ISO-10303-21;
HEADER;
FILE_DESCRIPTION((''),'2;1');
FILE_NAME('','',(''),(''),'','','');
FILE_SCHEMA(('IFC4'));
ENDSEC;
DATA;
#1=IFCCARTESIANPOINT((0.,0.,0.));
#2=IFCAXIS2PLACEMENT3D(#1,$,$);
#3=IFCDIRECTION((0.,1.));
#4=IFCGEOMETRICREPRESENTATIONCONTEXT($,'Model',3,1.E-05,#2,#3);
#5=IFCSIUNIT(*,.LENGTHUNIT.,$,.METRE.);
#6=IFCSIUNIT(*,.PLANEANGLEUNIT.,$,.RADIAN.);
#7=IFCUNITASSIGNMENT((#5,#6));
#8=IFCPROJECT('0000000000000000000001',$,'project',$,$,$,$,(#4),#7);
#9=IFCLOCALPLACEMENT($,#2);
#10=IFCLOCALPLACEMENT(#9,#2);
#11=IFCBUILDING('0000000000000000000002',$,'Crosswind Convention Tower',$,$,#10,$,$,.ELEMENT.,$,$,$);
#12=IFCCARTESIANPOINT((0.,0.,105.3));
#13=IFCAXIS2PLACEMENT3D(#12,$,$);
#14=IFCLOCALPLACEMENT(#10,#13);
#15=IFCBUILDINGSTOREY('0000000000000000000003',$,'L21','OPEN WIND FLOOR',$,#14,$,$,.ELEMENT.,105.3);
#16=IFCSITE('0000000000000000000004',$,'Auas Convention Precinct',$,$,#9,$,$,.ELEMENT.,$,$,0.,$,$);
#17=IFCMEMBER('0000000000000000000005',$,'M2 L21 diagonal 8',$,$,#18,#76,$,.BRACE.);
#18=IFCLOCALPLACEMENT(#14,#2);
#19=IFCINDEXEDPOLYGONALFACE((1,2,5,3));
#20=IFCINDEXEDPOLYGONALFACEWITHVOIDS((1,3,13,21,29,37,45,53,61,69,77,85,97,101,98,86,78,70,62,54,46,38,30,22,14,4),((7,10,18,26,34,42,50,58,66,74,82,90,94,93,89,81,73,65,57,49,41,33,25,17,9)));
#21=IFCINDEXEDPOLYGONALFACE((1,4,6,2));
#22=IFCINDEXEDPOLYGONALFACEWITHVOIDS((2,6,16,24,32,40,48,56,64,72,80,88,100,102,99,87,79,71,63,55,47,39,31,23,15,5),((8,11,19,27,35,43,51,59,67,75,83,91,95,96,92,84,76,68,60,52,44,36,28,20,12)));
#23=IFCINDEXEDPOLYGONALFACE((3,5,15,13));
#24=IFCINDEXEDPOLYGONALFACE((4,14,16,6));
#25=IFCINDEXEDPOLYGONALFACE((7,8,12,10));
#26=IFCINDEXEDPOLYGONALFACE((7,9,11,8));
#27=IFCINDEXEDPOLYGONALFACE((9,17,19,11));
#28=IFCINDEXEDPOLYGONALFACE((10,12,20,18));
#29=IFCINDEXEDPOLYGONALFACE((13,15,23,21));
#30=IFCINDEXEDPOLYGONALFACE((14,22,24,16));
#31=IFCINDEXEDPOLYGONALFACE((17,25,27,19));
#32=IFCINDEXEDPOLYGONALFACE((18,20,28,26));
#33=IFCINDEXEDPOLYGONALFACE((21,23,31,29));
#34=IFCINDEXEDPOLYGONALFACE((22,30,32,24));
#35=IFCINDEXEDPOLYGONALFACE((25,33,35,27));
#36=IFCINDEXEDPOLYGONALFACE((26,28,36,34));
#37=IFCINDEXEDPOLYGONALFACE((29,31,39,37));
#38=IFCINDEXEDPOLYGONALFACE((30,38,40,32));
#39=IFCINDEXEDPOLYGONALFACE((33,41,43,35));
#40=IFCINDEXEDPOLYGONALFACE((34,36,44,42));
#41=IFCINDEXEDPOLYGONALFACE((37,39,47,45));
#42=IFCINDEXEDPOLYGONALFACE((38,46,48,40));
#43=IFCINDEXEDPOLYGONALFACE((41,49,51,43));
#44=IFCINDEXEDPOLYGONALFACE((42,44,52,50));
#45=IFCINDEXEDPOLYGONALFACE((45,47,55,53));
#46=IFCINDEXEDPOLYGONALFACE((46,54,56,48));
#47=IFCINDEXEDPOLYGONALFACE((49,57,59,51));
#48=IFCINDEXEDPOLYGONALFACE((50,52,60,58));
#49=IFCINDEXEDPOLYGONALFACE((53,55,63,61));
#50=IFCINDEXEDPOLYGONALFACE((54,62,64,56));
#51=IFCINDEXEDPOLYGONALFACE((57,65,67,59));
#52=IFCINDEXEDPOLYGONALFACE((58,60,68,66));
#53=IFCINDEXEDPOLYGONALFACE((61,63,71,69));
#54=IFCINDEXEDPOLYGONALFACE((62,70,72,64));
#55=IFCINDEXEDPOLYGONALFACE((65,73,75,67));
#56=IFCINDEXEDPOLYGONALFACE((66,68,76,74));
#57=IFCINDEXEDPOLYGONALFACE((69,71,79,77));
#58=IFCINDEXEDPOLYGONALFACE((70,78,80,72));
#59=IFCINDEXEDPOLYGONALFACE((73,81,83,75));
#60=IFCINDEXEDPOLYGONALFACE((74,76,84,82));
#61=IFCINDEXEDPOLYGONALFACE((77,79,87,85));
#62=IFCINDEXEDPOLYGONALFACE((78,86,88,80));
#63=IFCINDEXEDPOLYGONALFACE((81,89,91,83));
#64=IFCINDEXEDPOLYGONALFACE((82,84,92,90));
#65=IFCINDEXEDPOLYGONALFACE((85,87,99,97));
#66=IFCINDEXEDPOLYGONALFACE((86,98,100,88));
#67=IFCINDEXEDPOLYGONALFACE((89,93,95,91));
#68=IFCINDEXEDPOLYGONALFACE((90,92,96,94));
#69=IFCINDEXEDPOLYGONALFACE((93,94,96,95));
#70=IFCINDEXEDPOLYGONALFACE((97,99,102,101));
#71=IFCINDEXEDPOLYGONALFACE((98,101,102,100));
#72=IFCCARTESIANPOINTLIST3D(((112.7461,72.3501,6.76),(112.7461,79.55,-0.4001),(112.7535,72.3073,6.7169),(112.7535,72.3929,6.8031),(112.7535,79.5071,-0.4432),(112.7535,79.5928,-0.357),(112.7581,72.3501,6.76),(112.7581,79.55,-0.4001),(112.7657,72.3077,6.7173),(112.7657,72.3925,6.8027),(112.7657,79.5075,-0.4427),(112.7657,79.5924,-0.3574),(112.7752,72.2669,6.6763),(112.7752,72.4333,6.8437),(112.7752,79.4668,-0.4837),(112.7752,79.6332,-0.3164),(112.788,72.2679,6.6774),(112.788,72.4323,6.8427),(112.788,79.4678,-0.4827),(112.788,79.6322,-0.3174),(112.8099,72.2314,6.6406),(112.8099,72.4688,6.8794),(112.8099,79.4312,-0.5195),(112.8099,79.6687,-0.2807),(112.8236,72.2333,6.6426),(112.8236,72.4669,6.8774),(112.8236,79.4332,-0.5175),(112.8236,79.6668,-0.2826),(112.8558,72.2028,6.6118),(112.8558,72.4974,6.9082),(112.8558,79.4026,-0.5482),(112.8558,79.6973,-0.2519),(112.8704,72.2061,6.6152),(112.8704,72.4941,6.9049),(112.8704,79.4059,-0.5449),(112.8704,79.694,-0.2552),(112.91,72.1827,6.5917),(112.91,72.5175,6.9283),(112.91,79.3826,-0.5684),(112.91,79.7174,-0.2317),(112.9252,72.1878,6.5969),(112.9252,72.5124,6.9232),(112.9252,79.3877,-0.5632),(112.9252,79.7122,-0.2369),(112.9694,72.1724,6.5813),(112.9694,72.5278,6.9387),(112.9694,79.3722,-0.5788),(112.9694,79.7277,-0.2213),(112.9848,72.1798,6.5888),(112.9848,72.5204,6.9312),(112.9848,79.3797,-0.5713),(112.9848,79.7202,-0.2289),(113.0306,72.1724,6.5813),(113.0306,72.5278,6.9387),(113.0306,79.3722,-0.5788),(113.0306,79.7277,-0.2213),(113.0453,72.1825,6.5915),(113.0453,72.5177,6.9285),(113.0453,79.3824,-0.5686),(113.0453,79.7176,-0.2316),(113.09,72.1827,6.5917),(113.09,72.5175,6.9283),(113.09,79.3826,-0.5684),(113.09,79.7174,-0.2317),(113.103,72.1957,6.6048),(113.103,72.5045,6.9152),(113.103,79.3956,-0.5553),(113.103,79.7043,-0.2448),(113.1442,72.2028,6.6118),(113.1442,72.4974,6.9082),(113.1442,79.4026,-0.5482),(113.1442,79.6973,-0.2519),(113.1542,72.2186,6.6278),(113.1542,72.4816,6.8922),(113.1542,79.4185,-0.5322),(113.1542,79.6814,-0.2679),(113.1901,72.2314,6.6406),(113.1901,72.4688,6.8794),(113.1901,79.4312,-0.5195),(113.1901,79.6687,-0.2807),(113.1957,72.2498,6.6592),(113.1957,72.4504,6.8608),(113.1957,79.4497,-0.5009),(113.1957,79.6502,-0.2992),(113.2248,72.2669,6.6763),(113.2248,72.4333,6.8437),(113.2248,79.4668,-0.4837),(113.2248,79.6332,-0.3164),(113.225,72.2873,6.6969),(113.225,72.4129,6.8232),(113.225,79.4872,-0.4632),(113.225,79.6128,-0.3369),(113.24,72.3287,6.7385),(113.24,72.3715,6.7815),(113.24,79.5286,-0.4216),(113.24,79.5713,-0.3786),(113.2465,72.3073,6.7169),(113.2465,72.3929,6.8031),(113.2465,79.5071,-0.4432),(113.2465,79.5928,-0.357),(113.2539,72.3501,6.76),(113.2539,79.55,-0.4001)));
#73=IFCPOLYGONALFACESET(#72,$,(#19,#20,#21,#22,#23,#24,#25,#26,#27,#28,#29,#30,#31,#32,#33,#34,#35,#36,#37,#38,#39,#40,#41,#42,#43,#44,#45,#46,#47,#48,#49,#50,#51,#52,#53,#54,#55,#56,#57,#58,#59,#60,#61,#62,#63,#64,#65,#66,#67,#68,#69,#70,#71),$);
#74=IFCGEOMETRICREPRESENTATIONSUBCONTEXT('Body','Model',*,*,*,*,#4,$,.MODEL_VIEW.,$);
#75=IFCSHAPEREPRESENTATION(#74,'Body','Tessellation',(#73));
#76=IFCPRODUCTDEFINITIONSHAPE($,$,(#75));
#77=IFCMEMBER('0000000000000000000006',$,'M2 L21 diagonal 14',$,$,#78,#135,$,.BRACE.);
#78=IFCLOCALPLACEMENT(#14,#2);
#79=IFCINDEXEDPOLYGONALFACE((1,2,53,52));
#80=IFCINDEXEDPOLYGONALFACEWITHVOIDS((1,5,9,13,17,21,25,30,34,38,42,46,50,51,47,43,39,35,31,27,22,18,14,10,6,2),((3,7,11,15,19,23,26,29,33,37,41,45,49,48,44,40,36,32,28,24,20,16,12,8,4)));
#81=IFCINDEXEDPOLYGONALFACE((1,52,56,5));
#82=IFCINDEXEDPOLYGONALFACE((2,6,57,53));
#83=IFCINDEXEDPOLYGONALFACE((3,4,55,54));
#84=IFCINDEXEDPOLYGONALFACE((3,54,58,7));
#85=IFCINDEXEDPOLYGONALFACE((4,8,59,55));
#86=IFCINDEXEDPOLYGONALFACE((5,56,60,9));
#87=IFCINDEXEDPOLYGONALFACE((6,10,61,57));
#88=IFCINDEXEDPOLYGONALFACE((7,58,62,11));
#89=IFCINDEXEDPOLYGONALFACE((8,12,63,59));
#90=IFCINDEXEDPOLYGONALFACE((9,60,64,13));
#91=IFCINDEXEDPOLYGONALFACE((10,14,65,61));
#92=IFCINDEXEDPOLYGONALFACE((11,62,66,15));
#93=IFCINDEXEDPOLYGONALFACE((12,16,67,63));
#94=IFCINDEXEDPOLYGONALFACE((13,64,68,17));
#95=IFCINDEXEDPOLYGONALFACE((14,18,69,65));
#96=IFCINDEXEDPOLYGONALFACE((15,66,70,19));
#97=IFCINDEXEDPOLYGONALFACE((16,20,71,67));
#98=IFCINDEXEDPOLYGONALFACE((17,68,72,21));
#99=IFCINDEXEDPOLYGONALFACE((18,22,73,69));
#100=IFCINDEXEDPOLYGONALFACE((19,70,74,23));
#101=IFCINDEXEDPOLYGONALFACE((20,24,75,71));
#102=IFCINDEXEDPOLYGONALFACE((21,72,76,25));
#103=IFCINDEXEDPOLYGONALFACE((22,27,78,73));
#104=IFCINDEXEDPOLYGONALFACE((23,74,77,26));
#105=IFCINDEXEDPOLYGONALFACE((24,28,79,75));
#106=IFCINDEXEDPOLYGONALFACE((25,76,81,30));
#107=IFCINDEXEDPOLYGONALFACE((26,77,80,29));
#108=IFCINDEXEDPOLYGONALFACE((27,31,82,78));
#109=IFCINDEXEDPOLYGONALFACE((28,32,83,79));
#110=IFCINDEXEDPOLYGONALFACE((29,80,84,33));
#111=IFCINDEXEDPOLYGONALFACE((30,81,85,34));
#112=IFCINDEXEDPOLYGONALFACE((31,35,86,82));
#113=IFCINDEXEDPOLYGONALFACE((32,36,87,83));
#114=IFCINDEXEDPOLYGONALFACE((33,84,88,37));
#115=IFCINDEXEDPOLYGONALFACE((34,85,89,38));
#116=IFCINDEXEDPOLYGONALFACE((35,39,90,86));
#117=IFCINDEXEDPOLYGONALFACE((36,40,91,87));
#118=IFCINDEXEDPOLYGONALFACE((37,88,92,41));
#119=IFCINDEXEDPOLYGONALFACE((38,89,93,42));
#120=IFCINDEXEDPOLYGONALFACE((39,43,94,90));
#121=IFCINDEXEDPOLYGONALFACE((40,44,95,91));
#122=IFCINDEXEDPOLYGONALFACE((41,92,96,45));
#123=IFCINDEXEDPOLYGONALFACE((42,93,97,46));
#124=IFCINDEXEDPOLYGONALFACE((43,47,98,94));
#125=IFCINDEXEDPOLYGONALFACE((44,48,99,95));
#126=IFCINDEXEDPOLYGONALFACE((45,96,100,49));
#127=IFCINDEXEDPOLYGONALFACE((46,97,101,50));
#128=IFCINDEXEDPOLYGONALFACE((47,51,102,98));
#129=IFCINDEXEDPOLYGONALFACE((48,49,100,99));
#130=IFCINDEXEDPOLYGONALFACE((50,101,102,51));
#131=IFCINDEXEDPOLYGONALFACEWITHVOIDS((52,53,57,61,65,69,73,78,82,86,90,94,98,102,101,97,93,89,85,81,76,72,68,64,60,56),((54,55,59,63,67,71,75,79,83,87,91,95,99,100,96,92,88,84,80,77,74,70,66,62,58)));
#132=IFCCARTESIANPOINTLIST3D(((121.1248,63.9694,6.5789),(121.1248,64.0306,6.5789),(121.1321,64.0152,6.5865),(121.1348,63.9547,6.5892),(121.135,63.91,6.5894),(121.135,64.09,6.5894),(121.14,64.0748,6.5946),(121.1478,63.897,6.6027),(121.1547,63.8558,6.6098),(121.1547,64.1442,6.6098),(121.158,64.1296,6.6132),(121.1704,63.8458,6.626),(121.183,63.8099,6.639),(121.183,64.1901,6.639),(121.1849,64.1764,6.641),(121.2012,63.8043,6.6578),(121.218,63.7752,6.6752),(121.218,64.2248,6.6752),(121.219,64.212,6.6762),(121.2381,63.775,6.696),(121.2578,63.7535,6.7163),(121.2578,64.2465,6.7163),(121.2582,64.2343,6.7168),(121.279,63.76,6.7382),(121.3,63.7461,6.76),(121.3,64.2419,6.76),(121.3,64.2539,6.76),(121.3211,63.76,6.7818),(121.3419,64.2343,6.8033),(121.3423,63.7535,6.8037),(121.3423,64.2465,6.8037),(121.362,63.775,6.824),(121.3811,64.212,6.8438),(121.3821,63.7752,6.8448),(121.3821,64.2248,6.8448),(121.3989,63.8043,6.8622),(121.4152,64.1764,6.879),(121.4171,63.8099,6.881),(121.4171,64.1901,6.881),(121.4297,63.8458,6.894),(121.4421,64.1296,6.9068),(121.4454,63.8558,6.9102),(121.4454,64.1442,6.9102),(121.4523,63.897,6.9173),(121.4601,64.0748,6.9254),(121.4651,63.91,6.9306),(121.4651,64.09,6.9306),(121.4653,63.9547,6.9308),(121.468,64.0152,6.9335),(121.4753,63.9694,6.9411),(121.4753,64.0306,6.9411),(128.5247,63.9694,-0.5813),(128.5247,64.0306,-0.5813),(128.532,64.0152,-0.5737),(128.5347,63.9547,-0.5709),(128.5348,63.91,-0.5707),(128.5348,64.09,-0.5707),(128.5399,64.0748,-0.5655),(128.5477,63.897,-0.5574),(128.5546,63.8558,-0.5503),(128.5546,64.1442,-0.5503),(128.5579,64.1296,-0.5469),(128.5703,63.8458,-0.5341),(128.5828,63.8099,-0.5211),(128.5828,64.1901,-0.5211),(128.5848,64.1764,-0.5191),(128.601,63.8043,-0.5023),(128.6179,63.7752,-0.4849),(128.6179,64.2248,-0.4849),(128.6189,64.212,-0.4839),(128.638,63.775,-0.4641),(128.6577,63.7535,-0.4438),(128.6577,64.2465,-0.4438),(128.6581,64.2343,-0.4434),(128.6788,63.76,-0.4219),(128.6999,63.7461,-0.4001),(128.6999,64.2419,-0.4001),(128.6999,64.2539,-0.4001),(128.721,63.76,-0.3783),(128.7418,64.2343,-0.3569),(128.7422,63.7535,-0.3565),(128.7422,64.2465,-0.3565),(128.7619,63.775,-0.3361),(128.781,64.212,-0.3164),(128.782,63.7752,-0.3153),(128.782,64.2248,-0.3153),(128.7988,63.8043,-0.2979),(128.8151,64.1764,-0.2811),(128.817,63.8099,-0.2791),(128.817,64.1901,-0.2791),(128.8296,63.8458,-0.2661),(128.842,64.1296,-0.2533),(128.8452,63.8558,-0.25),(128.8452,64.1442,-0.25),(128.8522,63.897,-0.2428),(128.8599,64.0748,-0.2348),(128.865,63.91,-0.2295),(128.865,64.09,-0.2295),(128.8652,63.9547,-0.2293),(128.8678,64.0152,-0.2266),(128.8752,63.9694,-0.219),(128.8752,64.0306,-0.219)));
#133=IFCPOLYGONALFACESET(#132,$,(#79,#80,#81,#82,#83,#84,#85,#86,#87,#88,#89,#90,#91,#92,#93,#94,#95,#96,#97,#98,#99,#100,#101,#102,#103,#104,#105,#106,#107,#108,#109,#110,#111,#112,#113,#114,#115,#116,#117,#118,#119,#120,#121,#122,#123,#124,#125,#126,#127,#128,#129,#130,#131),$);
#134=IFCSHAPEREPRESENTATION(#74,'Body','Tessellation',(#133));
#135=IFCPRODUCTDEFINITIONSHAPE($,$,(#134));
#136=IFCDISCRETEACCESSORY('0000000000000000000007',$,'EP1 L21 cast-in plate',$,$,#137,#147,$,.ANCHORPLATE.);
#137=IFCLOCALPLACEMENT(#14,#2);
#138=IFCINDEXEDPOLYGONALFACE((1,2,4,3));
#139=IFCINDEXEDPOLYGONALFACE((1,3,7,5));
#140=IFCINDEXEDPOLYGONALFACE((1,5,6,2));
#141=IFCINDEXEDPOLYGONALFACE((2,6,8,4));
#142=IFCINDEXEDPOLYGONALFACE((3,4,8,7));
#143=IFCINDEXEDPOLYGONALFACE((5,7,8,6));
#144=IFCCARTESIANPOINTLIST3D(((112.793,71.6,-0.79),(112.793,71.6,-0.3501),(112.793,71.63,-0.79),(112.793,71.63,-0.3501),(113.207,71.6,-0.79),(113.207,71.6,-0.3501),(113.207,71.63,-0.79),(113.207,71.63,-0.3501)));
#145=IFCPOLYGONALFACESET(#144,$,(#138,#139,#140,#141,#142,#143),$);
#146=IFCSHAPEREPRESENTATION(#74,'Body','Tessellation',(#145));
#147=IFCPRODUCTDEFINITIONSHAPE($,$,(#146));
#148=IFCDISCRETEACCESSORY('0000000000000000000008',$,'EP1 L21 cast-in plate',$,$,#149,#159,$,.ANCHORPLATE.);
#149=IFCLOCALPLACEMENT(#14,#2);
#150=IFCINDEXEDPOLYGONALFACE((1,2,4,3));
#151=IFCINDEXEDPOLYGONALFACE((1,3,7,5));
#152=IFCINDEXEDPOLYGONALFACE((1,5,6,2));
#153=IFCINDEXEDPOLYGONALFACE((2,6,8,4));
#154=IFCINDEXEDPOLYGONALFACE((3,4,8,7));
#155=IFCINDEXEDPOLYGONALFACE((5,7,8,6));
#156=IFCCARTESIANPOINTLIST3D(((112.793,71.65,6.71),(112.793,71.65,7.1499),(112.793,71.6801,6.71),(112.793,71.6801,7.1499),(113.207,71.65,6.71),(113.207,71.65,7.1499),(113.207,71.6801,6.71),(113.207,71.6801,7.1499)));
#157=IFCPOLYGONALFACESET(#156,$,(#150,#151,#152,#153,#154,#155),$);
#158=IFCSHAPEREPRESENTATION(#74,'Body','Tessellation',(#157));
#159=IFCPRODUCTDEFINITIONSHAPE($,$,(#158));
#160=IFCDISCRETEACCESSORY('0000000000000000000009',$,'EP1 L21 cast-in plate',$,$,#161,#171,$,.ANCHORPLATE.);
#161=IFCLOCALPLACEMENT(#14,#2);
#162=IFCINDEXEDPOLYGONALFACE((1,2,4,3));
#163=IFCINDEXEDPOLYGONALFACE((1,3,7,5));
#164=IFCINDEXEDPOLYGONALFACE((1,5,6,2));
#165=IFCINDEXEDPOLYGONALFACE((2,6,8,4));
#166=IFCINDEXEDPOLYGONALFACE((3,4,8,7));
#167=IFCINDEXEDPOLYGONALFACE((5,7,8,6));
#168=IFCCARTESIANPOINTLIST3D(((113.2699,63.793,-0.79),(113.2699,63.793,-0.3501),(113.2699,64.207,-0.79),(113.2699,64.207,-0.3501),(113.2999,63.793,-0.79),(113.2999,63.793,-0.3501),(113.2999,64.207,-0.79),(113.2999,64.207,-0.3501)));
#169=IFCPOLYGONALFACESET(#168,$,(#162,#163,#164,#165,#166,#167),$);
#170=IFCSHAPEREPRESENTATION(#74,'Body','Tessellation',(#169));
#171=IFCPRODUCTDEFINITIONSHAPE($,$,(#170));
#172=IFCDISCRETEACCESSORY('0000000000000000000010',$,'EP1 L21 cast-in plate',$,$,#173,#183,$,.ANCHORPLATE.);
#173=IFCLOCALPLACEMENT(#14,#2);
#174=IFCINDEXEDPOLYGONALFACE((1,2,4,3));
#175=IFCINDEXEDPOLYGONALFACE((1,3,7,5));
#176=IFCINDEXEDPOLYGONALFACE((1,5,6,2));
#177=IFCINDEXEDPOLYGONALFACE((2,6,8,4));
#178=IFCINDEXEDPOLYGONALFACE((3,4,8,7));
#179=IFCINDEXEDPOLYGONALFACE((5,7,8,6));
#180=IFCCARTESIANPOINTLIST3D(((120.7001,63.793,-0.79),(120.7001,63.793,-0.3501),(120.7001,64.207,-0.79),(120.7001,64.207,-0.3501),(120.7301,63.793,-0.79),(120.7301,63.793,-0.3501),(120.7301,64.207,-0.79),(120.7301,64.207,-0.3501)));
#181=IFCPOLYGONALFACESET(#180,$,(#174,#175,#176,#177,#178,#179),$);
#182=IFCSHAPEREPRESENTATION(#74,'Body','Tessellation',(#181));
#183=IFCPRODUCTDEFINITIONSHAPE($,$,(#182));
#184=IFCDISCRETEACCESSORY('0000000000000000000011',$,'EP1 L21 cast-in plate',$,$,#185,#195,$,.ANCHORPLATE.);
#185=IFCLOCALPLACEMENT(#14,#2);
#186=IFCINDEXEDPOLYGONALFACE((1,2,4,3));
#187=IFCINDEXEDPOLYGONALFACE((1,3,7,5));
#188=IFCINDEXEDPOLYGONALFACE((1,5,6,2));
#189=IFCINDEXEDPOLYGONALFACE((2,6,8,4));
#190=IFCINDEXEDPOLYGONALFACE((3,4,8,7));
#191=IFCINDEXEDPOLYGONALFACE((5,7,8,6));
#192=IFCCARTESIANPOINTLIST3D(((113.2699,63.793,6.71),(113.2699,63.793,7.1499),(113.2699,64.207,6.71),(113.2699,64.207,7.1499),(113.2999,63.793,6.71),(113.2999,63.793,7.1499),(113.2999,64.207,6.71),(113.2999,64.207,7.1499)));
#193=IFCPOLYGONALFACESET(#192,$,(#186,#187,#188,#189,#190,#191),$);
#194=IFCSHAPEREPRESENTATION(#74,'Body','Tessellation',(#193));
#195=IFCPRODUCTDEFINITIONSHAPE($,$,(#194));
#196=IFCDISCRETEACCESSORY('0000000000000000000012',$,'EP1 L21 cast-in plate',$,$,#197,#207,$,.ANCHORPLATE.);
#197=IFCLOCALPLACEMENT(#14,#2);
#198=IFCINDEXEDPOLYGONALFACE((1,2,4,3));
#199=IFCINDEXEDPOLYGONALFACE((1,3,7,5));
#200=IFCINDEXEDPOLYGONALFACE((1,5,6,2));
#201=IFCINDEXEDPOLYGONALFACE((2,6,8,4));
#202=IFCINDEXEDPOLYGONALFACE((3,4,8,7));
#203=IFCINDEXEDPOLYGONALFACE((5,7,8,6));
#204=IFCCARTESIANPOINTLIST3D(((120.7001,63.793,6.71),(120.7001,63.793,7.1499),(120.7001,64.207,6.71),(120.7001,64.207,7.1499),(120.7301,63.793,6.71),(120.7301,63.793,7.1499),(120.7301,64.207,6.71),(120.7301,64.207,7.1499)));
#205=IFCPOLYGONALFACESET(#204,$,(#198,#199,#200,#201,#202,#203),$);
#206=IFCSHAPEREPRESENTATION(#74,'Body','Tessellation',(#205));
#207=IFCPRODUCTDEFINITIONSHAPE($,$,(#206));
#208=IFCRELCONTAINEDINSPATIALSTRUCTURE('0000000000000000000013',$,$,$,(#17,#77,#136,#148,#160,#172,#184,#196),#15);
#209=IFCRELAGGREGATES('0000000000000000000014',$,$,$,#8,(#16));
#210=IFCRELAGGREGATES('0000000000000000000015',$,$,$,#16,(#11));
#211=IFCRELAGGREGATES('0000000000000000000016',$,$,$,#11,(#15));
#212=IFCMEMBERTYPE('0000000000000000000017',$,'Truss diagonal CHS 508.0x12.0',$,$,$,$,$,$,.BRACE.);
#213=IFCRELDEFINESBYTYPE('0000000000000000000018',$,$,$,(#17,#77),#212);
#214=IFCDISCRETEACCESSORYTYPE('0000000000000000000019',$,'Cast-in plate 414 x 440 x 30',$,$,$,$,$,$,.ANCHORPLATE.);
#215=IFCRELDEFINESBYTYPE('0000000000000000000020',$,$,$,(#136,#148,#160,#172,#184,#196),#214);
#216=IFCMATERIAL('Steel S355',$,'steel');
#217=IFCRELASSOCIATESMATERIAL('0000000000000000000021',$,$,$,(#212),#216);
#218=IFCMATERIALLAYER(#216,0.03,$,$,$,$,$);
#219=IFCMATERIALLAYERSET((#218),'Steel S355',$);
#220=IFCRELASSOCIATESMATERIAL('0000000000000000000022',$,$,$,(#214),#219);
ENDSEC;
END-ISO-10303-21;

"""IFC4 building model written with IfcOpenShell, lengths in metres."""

from ifc_helpers import new_model, si_unit, direction, frame, origin, origin_2d, place, context, subcontext, project, spatial, rectangle, hollow_circle, extrude, material, layer, layer_set, material_profile, profile_set, type_object, element, save


model = new_model("IFC4")

# Units and contexts
model_context = context("Model", 3, precision=1e-05, world=origin(), true_north=direction((0.0, 1.0)))
body_context = subcontext(model_context, "Body", "Model", "MODEL_VIEW")
ifc_project = project(units=[si_unit("LENGTHUNIT", "METRE"), si_unit("PLANEANGLEUNIT", "RADIAN")], contexts=[model_context])

# Site, building, storey
site_placement = place(None, origin())
site = spatial("IfcSite", under=ifc_project, at=site_placement, Name="Auas Convention Precinct", CompositionType="ELEMENT", RefElevation=0.0)
building_placement = place(site_placement, origin())
building = spatial("IfcBuilding", under=site, at=building_placement, Name="Crosswind Convention Tower", CompositionType="ELEMENT")
storey_placement = place(building_placement, frame((0.0, 0.0, 105.3)))
storey = spatial("IfcBuildingStorey", under=building, at=storey_placement, Name="L21", Description="OPEN WIND FLOOR", CompositionType="ELEMENT", Elevation=105.3)

# Shared definitions
ifc_material_1 = material(Name="Steel S355", Category="steel")

# Members
ifc_material_profile_1 = material_profile(ifc_material_1, hollow_circle(Radius=0.2539, WallThickness=0.012, at=origin_2d()), Name="CHS 508.0x12.0")
ifc_profile_set_1 = profile_set([ifc_material_profile_1], Name="Steel S355")
member_type_1 = type_object("IfcMemberType", Name="Truss diagonal CHS 508.0x12.0", PredefinedType="BRACE", material=ifc_profile_set_1)
member_1_placement = place(storey_placement, frame((113.0, 72.3501, 6.76), z_axis=(0.0, 0.709064, -0.705145), x_axis=(-1.0, 0.0, 0.0)))
element("IfcMember", 1, at=member_1_placement, inside=storey, type_object=member_type_1, Name="M2 L21 diagonal 8", PredefinedType="BRACE", context=body_context, shape_type="SweptSolid", body=[
    extrude(hollow_circle(Radius=0.2539, WallThickness=0.012, at=origin_2d()), origin(), (0.0, 0.0, 1.0), 10.1541),
])
member_2_placement = place(storey_placement, frame((121.3, 64.0, 6.76), z_axis=(0.718653, 0.0, -0.695369), x_axis=(0.0, 1.0, 0.0)))
element("IfcMember", 2, at=member_2_placement, inside=storey, type_object=member_type_1, Name="M2 L21 diagonal 14", PredefinedType="BRACE", context=body_context, shape_type="SweptSolid", body=[
    extrude(hollow_circle(Radius=0.2539, WallThickness=0.012, at=origin_2d()), origin(), (0.0, 0.0, 1.0), 10.2969),
])

# Discrete accessories
ifc_layer = layer(ifc_material_1, 0.03)
ifc_layer_set = layer_set([ifc_layer], Name="Steel S355")
discrete_accessory_type_1 = type_object("IfcDiscreteAccessoryType", Name="Cast-in plate 414 x 440 x 30", PredefinedType="ANCHORPLATE", material=ifc_layer_set)
for number, where, z_axis, x_axis, name in (
    (3, (113.0, 71.615, -0.79), (0.0, 0.0, 1.0), (1.0, 0.0, 0.0), "EP1 L21 cast-in plate"),
    (4, (113.0, 71.665, 6.71), (0.0, 0.0, 1.0), (1.0, 0.0, 0.0), "EP1 L21 cast-in plate"),
):
    element("IfcDiscreteAccessory", number, at=place(storey_placement, frame(where, z_axis=z_axis, x_axis=x_axis)), inside=storey, type_object=discrete_accessory_type_1, Name=name, PredefinedType="ANCHORPLATE", context=body_context, shape_type="SweptSolid", body=[
        extrude(rectangle(XDim=0.4141, YDim=0.03, at=origin_2d()), origin(), (0.0, 0.0, 1.0), 0.4399),
    ])
for number, where, z_axis, x_axis, name in (
    (5, (113.2849, 64.0, -0.79), (0.0, 0.0, 1.0), (1.0, 0.0, 0.0), "EP1 L21 cast-in plate"),
    (6, (120.7151, 64.0, -0.79), (0.0, 0.0, 1.0), (1.0, 0.0, 0.0), "EP1 L21 cast-in plate"),
    (7, (113.2849, 64.0, 6.71), (0.0, 0.0, 1.0), (1.0, 0.0, 0.0), "EP1 L21 cast-in plate"),
    (8, (120.7151, 64.0, 6.71), (0.0, 0.0, 1.0), (1.0, 0.0, 0.0), "EP1 L21 cast-in plate"),
):
    element("IfcDiscreteAccessory", number, at=place(storey_placement, frame(where, z_axis=z_axis, x_axis=x_axis)), inside=storey, type_object=discrete_accessory_type_1, Name=name, PredefinedType="ANCHORPLATE", context=body_context, shape_type="SweptSolid", body=[
        extrude(rectangle(XDim=0.03, YDim=0.4141, at=origin_2d()), origin(), (0.0, 0.0, 1.0), 0.4399),
    ])

save(model, "model.ifc")
